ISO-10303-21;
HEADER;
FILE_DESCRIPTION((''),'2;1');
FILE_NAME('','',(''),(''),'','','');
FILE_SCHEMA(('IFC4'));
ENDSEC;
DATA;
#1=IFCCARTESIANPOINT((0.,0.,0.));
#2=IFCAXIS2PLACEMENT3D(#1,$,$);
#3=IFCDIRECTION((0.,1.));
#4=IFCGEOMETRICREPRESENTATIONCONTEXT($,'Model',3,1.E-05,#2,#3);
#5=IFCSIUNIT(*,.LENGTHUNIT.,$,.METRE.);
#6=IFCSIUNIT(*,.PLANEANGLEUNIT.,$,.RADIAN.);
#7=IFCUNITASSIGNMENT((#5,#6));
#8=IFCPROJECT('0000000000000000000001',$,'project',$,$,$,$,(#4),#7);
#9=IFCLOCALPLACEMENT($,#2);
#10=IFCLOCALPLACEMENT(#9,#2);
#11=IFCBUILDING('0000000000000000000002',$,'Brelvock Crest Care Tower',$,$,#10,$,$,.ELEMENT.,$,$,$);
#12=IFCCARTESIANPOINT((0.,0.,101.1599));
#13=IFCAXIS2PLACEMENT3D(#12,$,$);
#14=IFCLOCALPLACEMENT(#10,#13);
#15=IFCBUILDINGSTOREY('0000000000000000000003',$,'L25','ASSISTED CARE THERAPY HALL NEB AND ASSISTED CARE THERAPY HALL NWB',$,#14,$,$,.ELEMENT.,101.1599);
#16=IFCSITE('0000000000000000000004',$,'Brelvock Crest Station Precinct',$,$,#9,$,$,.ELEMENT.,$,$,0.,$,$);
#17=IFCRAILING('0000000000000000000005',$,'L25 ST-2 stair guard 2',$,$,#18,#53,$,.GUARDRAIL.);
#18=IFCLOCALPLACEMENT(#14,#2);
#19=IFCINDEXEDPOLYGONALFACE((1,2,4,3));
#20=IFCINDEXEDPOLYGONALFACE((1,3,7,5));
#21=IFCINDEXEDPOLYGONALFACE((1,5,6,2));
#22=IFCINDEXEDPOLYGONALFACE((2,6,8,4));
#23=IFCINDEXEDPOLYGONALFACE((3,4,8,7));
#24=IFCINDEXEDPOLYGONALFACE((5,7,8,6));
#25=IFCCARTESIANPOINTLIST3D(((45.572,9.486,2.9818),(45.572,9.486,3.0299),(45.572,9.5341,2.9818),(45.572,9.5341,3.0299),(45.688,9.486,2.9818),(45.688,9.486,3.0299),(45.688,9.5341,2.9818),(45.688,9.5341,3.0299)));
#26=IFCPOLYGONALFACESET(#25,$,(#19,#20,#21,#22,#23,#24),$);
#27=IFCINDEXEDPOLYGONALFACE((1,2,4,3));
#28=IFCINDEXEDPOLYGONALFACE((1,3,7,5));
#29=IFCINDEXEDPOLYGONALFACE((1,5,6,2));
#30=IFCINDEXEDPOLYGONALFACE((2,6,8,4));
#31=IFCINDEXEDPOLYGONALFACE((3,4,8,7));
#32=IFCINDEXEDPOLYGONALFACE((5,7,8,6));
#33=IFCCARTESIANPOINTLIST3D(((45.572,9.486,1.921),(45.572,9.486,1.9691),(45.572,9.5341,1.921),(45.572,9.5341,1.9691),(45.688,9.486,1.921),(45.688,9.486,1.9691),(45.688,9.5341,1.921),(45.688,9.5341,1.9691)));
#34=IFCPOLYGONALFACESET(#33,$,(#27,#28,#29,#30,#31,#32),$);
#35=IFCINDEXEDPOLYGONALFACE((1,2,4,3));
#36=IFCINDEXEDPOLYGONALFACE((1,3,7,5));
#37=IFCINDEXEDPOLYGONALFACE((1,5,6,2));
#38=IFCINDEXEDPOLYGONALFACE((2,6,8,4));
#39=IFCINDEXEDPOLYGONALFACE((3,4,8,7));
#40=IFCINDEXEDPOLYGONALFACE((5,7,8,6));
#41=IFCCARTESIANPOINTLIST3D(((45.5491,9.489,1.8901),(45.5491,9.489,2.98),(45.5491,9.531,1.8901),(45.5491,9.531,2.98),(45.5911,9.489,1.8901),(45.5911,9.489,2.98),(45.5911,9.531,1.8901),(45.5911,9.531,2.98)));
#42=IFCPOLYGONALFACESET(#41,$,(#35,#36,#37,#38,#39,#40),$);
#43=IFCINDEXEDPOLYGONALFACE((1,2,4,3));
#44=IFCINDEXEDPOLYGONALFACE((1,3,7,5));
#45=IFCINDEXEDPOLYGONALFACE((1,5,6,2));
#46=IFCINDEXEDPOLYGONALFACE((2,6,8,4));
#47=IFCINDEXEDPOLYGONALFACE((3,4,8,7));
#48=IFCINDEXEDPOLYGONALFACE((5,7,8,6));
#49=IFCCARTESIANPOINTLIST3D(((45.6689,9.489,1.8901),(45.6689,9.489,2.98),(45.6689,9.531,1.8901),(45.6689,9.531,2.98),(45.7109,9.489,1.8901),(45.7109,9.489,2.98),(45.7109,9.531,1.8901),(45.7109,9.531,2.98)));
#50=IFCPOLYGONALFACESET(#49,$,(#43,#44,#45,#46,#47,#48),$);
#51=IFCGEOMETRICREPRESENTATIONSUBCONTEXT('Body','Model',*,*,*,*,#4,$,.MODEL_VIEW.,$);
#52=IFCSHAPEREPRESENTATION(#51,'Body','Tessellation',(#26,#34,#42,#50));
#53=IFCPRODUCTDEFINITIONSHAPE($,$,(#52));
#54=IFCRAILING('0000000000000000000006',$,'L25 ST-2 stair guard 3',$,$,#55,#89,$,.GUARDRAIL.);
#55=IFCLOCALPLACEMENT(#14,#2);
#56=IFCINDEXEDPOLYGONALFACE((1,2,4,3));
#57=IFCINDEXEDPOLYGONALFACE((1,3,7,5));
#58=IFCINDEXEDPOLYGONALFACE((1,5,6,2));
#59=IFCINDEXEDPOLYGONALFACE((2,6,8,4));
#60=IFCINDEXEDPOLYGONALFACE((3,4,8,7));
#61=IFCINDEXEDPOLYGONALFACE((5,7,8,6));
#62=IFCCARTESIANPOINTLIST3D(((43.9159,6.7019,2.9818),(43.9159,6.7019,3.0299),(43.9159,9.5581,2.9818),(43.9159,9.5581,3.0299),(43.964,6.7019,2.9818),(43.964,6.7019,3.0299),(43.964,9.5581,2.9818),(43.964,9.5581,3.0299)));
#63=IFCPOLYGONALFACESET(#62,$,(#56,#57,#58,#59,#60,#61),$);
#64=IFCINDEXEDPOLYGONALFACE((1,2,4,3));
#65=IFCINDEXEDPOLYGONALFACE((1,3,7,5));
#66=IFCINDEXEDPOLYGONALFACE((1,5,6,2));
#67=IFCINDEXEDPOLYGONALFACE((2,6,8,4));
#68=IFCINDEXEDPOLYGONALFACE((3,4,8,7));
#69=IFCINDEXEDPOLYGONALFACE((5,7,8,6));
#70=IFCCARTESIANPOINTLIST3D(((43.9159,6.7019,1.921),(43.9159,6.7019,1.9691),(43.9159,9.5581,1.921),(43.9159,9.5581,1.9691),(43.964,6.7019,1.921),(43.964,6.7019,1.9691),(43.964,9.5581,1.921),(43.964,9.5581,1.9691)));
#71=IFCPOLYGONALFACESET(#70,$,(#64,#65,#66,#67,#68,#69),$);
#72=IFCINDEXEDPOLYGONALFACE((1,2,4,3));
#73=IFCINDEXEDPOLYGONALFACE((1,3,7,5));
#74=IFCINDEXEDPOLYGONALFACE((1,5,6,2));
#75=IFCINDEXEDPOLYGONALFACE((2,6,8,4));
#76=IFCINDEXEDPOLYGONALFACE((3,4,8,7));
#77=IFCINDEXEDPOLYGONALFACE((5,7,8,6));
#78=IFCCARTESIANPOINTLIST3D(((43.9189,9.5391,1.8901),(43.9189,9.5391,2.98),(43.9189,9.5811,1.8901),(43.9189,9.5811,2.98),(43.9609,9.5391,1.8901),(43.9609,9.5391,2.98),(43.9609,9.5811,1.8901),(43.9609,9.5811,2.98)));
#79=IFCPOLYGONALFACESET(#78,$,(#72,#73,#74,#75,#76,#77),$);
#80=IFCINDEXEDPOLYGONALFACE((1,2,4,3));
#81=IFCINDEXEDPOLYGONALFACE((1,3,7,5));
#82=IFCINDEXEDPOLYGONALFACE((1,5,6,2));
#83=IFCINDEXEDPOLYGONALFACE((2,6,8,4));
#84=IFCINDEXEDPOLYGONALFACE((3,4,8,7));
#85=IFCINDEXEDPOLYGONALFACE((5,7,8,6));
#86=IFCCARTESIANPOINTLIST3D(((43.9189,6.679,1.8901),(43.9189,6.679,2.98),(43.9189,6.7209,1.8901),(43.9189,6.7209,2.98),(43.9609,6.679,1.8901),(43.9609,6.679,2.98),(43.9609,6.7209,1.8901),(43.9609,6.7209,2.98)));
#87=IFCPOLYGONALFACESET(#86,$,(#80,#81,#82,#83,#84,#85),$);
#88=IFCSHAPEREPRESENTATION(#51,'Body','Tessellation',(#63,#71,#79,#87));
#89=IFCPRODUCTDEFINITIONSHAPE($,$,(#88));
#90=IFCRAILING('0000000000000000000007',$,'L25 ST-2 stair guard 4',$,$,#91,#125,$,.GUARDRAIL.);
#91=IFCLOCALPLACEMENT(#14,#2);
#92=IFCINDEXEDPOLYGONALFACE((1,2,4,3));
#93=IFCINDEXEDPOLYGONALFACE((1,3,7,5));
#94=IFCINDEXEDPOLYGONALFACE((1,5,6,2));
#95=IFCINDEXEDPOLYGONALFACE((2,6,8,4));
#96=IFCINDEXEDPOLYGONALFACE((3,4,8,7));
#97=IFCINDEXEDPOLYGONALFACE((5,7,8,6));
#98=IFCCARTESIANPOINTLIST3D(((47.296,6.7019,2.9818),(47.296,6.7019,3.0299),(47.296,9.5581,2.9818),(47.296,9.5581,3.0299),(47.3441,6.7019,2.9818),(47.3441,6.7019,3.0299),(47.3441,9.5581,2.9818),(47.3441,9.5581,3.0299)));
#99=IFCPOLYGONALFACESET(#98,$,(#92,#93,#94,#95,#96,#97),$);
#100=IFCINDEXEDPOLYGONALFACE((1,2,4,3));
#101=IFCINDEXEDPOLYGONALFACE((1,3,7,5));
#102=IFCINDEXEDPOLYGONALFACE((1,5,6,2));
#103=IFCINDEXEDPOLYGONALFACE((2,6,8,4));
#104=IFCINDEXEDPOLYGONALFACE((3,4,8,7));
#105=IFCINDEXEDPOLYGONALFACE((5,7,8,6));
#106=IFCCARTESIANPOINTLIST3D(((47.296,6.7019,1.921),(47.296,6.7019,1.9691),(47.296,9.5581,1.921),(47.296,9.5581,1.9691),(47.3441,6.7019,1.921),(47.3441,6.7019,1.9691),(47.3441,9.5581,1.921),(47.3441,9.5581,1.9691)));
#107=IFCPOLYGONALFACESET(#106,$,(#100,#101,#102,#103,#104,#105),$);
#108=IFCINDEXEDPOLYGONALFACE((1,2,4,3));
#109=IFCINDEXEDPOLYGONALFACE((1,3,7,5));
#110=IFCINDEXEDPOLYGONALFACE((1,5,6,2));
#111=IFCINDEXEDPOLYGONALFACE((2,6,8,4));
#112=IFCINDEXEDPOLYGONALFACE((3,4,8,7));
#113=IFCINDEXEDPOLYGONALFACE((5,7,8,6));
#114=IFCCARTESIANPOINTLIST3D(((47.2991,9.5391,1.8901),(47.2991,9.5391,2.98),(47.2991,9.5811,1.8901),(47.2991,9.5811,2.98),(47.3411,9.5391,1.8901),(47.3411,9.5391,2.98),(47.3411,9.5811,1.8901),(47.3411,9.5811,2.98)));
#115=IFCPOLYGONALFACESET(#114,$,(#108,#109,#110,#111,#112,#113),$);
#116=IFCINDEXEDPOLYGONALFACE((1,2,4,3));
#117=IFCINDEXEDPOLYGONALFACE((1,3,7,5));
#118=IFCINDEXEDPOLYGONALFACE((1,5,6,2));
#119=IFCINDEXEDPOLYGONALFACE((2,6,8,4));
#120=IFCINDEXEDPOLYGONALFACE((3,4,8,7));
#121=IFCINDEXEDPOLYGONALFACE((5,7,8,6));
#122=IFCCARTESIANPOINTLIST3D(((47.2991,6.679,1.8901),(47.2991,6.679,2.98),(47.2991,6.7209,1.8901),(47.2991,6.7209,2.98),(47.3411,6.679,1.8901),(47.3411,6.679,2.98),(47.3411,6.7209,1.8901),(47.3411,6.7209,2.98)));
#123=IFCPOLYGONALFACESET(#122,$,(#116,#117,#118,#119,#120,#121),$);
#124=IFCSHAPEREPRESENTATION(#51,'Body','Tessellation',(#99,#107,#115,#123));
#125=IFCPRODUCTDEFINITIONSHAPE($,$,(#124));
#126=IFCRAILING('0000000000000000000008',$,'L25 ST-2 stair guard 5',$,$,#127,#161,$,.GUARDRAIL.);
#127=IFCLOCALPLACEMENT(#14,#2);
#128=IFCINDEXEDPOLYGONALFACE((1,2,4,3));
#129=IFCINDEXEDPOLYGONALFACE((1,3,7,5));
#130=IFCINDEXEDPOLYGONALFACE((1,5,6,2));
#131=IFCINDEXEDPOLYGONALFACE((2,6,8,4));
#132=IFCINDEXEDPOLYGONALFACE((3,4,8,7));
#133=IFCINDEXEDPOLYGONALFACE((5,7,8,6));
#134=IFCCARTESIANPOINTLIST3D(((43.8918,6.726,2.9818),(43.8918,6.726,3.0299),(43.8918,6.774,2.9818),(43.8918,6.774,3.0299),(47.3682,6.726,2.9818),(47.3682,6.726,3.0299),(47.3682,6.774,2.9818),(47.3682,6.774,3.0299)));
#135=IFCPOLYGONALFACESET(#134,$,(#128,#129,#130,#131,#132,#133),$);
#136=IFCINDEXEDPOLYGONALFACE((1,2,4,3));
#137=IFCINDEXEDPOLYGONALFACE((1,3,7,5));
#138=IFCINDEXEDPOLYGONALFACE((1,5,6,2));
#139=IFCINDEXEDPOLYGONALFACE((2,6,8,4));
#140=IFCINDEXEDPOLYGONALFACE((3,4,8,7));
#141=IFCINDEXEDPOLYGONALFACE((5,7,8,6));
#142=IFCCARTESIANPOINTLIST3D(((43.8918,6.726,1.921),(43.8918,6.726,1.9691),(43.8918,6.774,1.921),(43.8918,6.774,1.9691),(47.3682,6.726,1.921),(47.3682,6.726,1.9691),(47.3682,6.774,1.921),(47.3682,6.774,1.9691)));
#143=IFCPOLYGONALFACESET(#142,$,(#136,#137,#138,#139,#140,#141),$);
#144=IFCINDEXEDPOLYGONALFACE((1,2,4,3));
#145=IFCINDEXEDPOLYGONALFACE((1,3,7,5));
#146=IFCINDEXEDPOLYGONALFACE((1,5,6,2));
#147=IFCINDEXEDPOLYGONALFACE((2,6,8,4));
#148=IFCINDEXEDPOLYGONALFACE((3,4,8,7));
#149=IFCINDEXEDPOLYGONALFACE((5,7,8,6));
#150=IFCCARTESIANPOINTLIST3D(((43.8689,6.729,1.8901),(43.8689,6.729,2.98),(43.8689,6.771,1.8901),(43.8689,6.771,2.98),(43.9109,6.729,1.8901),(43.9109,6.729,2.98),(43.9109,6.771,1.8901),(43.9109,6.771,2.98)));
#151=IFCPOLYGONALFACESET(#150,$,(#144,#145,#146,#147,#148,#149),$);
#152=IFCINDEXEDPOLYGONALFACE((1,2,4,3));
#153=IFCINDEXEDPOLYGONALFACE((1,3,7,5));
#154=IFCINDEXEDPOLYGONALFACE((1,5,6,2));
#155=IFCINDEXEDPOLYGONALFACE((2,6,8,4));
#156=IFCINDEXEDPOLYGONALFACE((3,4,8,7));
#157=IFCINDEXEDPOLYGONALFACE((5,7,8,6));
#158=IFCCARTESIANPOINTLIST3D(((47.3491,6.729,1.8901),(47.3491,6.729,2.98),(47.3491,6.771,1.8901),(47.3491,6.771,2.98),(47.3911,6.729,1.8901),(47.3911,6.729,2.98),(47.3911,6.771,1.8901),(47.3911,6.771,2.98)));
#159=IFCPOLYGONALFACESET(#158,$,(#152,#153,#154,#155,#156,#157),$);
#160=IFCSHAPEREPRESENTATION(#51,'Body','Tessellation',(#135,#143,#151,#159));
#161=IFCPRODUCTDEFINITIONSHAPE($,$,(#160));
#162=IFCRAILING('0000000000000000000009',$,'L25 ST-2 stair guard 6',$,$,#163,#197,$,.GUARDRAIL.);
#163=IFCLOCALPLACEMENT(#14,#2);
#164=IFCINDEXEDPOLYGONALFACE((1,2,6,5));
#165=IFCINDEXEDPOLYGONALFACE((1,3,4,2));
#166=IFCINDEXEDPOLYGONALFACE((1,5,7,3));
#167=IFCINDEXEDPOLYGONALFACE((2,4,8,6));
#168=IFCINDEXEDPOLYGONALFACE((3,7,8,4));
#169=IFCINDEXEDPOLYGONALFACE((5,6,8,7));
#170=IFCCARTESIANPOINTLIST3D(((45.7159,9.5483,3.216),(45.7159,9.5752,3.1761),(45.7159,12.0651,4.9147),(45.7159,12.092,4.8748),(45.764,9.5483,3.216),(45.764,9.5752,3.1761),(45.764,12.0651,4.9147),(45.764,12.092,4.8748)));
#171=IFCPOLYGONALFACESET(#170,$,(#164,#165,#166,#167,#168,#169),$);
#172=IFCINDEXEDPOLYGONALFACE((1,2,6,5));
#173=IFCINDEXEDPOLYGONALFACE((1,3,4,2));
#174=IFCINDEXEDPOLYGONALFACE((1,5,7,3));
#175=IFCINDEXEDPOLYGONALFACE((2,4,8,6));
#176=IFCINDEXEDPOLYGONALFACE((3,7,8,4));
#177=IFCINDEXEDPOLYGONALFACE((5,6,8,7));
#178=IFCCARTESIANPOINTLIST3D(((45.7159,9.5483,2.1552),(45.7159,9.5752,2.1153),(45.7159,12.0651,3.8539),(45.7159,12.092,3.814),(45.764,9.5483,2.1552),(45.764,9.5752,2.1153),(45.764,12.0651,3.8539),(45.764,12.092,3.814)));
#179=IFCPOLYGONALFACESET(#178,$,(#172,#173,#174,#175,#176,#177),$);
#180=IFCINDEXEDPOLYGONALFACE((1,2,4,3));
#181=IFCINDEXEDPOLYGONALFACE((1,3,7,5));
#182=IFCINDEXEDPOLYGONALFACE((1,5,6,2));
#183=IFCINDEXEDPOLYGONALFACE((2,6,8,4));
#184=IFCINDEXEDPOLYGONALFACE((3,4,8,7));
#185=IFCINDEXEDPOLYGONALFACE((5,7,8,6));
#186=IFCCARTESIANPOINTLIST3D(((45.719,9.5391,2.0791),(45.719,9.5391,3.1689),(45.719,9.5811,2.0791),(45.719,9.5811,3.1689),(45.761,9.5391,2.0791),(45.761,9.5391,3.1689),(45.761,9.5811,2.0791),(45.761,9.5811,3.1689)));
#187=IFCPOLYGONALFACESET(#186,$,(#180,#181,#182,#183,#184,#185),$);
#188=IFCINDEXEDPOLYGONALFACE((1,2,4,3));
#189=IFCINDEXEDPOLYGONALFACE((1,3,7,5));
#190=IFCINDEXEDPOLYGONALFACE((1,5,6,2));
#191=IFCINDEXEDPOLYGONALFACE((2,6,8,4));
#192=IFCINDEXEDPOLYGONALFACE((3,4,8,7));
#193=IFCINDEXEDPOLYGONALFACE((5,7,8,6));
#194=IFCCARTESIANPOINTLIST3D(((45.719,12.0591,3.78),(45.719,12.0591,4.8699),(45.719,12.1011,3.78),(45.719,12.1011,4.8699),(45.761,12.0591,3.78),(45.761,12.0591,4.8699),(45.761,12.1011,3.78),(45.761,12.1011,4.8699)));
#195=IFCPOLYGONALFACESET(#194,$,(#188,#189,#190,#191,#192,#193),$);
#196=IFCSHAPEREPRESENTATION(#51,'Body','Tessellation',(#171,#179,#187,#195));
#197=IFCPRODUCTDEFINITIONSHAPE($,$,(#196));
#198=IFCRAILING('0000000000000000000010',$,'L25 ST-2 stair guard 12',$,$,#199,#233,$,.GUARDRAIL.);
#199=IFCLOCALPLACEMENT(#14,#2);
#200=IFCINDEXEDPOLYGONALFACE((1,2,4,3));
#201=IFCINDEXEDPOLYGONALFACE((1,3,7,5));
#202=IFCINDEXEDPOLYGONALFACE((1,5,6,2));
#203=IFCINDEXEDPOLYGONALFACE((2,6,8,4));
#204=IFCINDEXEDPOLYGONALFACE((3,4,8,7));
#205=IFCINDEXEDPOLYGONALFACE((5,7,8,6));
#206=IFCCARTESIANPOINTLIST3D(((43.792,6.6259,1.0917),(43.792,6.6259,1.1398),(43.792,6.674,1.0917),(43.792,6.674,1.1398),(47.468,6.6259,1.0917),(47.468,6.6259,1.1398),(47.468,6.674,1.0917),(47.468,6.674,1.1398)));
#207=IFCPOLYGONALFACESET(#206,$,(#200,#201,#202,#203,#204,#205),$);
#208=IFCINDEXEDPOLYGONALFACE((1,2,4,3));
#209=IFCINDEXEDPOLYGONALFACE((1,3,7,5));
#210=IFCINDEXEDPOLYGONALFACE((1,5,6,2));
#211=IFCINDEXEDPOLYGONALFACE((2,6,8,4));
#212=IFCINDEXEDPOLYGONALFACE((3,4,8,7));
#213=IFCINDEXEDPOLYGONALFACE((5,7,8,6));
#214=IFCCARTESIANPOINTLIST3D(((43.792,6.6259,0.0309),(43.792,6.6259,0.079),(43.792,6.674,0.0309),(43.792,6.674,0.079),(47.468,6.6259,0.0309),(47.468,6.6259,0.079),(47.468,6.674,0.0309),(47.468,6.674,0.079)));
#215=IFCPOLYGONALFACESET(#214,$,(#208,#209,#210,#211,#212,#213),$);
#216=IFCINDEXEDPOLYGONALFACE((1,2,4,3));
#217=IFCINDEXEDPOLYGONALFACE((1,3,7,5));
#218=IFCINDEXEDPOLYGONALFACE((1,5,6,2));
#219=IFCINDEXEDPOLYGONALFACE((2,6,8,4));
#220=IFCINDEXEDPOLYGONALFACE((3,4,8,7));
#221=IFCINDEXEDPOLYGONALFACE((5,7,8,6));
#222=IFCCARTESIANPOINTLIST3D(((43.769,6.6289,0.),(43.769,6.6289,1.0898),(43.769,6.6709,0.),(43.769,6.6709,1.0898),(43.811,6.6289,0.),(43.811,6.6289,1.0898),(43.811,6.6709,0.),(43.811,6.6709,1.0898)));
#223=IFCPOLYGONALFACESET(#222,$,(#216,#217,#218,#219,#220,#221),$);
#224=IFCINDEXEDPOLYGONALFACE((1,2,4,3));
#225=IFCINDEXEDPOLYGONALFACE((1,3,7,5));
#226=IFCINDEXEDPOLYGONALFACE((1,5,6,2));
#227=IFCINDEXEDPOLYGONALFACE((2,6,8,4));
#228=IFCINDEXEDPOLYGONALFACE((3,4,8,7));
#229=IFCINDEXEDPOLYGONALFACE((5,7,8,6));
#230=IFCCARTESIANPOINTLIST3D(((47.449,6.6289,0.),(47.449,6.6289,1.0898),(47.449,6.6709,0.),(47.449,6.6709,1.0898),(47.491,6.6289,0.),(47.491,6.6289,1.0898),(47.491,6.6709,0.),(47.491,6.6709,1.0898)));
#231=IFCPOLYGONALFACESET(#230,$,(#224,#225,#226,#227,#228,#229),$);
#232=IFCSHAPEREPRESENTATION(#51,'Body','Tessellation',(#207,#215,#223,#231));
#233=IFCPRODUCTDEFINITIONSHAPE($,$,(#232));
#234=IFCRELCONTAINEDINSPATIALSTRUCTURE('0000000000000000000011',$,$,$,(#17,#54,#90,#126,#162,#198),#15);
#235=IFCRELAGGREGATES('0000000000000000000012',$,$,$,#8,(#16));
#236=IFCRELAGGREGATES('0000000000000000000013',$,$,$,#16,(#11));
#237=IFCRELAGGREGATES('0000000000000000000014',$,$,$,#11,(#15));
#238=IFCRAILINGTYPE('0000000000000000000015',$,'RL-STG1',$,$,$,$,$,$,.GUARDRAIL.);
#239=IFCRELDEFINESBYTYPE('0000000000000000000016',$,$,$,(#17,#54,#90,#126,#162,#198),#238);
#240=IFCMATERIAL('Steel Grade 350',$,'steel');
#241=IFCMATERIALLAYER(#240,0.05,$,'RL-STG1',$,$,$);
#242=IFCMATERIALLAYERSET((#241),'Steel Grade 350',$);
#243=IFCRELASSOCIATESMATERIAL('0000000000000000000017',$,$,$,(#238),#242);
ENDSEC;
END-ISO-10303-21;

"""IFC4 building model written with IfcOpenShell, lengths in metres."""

from ifc_helpers import new_model, si_unit, direction, frame, origin, origin_2d, place, context, subcontext, project, spatial, rectangle, extrude, material, layer, layer_set, type_object, element, save


model = new_model("IFC4")

# Units and contexts
model_context = context("Model", 3, precision=1e-05, world=origin(), true_north=direction((0.0, 1.0)))
body_context = subcontext(model_context, "Body", "Model", "MODEL_VIEW")
ifc_project = project(units=[si_unit("LENGTHUNIT", "METRE"), si_unit("PLANEANGLEUNIT", "RADIAN")], contexts=[model_context])

# Site, building, storey
site_placement = place(None, origin())
site = spatial("IfcSite", under=ifc_project, at=site_placement, Name="Brelvock Crest Station Precinct", CompositionType="ELEMENT", RefElevation=0.0)
building_placement = place(site_placement, origin())
building = spatial("IfcBuilding", under=site, at=building_placement, Name="Brelvock Crest Care Tower", CompositionType="ELEMENT")
storey_placement = place(building_placement, frame((0.0, 0.0, 101.1599)))
storey = spatial("IfcBuildingStorey", under=building, at=storey_placement, Name="L25", Description="ASSISTED CARE THERAPY HALL NEB AND ASSISTED CARE THERAPY HALL NWB", CompositionType="ELEMENT", Elevation=101.1599)

# Shared definitions
ifc_material_1 = material(Name="Steel Grade 350", Category="steel")

# Railings
ifc_layer_1 = layer(ifc_material_1, 0.05, Name="RL-STG1")
ifc_layer_set_1 = layer_set([ifc_layer_1], Name="Steel Grade 350")
railing_type_1 = type_object("IfcRailingType", Name="RL-STG1", PredefinedType="GUARDRAIL", material=ifc_layer_set_1)
railing_1_placement = place(storey_placement, frame((45.5701, 9.51, 1.8901)))
element("IfcRailing", 1, at=railing_1_placement, inside=storey, type_object=railing_type_1, Name="L25 ST-2 stair guard 2", PredefinedType="GUARDRAIL", context=body_context, shape_type="SweptSolid", body=[
    extrude(rectangle(XDim=0.0481, YDim=0.0481, at=origin_2d()), frame((0.002, 0.0, 1.1157), z_axis=(1.0, 0.0, 0.0), x_axis=(0.0, 1.0, 0.0)), (0.0, 0.0, 1.0), 0.116),
    extrude(rectangle(XDim=0.0481, YDim=0.0481, at=origin_2d()), frame((0.002, 0.0, 0.0549), z_axis=(1.0, 0.0, 0.0), x_axis=(0.0, 1.0, 0.0)), (0.0, 0.0, 1.0), 0.116),
    extrude(rectangle(XDim=0.042, YDim=0.042, at=origin_2d()), origin(), (0.0, 0.0, 1.0), 1.0898),
    extrude(rectangle(XDim=0.042, YDim=0.042, at=origin_2d()), frame((0.1199, 0.0, 0.0)), (0.0, 0.0, 1.0), 1.0898),
])
for number, where, name in (
    (2, (43.9399, 9.5601, 1.8901), "L25 ST-2 stair guard 3"),
    (3, (47.3201, 9.5601, 1.8901), "L25 ST-2 stair guard 4"),
):
    element("IfcRailing", number, at=place(storey_placement, frame(where)), inside=storey, type_object=railing_type_1, Name=name, PredefinedType="GUARDRAIL", context=body_context, shape_type="SweptSolid", body=[
        extrude(rectangle(XDim=0.0481, YDim=0.0481, at=origin_2d()), frame((0.0, -0.002, 1.1157), z_axis=(0.0, -1.0, 0.0), x_axis=(1.0, 0.0, 0.0)), (0.0, 0.0, 1.0), 2.8562),
        extrude(rectangle(XDim=0.0481, YDim=0.0481, at=origin_2d()), frame((0.0, -0.002, 0.0549), z_axis=(0.0, -1.0, 0.0), x_axis=(1.0, 0.0, 0.0)), (0.0, 0.0, 1.0), 2.8562),
        extrude(rectangle(XDim=0.042, YDim=0.042, at=origin_2d()), origin(), (0.0, 0.0, 1.0), 1.0898),
        extrude(rectangle(XDim=0.042, YDim=0.042, at=origin_2d()), frame((0.0, -2.8601, 0.0)), (0.0, 0.0, 1.0), 1.0898),
    ])
railing_2_placement = place(storey_placement, frame((43.8899, 6.75, 1.8901)))
element("IfcRailing", 4, at=railing_2_placement, inside=storey, type_object=railing_type_1, Name="L25 ST-2 stair guard 5", PredefinedType="GUARDRAIL", context=body_context, shape_type="SweptSolid", body=[
    extrude(rectangle(XDim=0.0481, YDim=0.0481, at=origin_2d()), frame((0.002, 0.0, 1.1157), z_axis=(1.0, 0.0, 0.0), x_axis=(0.0, 1.0, 0.0)), (0.0, 0.0, 1.0), 3.4763),
    extrude(rectangle(XDim=0.0481, YDim=0.0481, at=origin_2d()), frame((0.002, 0.0, 0.0549), z_axis=(1.0, 0.0, 0.0), x_axis=(0.0, 1.0, 0.0)), (0.0, 0.0, 1.0), 3.4763),
    extrude(rectangle(XDim=0.042, YDim=0.042, at=origin_2d()), origin(), (0.0, 0.0, 1.0), 1.0898),
    extrude(rectangle(XDim=0.042, YDim=0.042, at=origin_2d()), frame((3.4802, 0.0, 0.0)), (0.0, 0.0, 1.0), 1.0898),
])
railing_3_placement = place(storey_placement, frame((45.74, 9.5601, 2.0791)))
element("IfcRailing", 5, at=railing_3_placement, inside=storey, type_object=railing_type_1, Name="L25 ST-2 stair guard 6", PredefinedType="GUARDRAIL", context=body_context, shape_type="SweptSolid", body=[
    extrude(rectangle(XDim=0.0481, YDim=0.0481, at=origin_2d()), frame((0.0, 0.0017, 1.1169), z_axis=(0.0, 0.828862, 0.559454), x_axis=(-1.0, 0.0, 0.0)), (0.0, 0.0, 1.0), 3.0364),
    extrude(rectangle(XDim=0.0481, YDim=0.0481, at=origin_2d()), frame((0.0, 0.0017, 0.0562), z_axis=(0.0, 0.828862, 0.559454), x_axis=(-1.0, 0.0, 0.0)), (0.0, 0.0, 1.0), 3.0364),
    extrude(rectangle(XDim=0.042, YDim=0.042, at=origin_2d()), origin(), (0.0, 0.0, 1.0), 1.0898),
    extrude(rectangle(XDim=0.042, YDim=0.042, at=origin_2d()), frame((0.0, 2.52, 1.7009)), (0.0, 0.0, 1.0), 1.0898),
])
railing_4_placement = place(storey_placement, frame((43.79, 6.6499, 0.0)))
element("IfcRailing", 6, at=railing_4_placement, inside=storey, type_object=railing_type_1, Name="L25 ST-2 stair guard 12", PredefinedType="GUARDRAIL", context=body_context, shape_type="SweptSolid", body=[
    extrude(rectangle(XDim=0.0481, YDim=0.0481, at=origin_2d()), frame((0.002, 0.0, 1.1157), z_axis=(1.0, 0.0, 0.0), x_axis=(0.0, 1.0, 0.0)), (0.0, 0.0, 1.0), 3.676),
    extrude(rectangle(XDim=0.0481, YDim=0.0481, at=origin_2d()), frame((0.002, 0.0, 0.0549), z_axis=(1.0, 0.0, 0.0), x_axis=(0.0, 1.0, 0.0)), (0.0, 0.0, 1.0), 3.676),
    extrude(rectangle(XDim=0.042, YDim=0.042, at=origin_2d()), origin(), (0.0, 0.0, 1.0), 1.0898),
    extrude(rectangle(XDim=0.042, YDim=0.042, at=origin_2d()), frame((3.6799, 0.0, 0.0)), (0.0, 0.0, 1.0), 1.0898),
])

save(model, "model.ifc")
